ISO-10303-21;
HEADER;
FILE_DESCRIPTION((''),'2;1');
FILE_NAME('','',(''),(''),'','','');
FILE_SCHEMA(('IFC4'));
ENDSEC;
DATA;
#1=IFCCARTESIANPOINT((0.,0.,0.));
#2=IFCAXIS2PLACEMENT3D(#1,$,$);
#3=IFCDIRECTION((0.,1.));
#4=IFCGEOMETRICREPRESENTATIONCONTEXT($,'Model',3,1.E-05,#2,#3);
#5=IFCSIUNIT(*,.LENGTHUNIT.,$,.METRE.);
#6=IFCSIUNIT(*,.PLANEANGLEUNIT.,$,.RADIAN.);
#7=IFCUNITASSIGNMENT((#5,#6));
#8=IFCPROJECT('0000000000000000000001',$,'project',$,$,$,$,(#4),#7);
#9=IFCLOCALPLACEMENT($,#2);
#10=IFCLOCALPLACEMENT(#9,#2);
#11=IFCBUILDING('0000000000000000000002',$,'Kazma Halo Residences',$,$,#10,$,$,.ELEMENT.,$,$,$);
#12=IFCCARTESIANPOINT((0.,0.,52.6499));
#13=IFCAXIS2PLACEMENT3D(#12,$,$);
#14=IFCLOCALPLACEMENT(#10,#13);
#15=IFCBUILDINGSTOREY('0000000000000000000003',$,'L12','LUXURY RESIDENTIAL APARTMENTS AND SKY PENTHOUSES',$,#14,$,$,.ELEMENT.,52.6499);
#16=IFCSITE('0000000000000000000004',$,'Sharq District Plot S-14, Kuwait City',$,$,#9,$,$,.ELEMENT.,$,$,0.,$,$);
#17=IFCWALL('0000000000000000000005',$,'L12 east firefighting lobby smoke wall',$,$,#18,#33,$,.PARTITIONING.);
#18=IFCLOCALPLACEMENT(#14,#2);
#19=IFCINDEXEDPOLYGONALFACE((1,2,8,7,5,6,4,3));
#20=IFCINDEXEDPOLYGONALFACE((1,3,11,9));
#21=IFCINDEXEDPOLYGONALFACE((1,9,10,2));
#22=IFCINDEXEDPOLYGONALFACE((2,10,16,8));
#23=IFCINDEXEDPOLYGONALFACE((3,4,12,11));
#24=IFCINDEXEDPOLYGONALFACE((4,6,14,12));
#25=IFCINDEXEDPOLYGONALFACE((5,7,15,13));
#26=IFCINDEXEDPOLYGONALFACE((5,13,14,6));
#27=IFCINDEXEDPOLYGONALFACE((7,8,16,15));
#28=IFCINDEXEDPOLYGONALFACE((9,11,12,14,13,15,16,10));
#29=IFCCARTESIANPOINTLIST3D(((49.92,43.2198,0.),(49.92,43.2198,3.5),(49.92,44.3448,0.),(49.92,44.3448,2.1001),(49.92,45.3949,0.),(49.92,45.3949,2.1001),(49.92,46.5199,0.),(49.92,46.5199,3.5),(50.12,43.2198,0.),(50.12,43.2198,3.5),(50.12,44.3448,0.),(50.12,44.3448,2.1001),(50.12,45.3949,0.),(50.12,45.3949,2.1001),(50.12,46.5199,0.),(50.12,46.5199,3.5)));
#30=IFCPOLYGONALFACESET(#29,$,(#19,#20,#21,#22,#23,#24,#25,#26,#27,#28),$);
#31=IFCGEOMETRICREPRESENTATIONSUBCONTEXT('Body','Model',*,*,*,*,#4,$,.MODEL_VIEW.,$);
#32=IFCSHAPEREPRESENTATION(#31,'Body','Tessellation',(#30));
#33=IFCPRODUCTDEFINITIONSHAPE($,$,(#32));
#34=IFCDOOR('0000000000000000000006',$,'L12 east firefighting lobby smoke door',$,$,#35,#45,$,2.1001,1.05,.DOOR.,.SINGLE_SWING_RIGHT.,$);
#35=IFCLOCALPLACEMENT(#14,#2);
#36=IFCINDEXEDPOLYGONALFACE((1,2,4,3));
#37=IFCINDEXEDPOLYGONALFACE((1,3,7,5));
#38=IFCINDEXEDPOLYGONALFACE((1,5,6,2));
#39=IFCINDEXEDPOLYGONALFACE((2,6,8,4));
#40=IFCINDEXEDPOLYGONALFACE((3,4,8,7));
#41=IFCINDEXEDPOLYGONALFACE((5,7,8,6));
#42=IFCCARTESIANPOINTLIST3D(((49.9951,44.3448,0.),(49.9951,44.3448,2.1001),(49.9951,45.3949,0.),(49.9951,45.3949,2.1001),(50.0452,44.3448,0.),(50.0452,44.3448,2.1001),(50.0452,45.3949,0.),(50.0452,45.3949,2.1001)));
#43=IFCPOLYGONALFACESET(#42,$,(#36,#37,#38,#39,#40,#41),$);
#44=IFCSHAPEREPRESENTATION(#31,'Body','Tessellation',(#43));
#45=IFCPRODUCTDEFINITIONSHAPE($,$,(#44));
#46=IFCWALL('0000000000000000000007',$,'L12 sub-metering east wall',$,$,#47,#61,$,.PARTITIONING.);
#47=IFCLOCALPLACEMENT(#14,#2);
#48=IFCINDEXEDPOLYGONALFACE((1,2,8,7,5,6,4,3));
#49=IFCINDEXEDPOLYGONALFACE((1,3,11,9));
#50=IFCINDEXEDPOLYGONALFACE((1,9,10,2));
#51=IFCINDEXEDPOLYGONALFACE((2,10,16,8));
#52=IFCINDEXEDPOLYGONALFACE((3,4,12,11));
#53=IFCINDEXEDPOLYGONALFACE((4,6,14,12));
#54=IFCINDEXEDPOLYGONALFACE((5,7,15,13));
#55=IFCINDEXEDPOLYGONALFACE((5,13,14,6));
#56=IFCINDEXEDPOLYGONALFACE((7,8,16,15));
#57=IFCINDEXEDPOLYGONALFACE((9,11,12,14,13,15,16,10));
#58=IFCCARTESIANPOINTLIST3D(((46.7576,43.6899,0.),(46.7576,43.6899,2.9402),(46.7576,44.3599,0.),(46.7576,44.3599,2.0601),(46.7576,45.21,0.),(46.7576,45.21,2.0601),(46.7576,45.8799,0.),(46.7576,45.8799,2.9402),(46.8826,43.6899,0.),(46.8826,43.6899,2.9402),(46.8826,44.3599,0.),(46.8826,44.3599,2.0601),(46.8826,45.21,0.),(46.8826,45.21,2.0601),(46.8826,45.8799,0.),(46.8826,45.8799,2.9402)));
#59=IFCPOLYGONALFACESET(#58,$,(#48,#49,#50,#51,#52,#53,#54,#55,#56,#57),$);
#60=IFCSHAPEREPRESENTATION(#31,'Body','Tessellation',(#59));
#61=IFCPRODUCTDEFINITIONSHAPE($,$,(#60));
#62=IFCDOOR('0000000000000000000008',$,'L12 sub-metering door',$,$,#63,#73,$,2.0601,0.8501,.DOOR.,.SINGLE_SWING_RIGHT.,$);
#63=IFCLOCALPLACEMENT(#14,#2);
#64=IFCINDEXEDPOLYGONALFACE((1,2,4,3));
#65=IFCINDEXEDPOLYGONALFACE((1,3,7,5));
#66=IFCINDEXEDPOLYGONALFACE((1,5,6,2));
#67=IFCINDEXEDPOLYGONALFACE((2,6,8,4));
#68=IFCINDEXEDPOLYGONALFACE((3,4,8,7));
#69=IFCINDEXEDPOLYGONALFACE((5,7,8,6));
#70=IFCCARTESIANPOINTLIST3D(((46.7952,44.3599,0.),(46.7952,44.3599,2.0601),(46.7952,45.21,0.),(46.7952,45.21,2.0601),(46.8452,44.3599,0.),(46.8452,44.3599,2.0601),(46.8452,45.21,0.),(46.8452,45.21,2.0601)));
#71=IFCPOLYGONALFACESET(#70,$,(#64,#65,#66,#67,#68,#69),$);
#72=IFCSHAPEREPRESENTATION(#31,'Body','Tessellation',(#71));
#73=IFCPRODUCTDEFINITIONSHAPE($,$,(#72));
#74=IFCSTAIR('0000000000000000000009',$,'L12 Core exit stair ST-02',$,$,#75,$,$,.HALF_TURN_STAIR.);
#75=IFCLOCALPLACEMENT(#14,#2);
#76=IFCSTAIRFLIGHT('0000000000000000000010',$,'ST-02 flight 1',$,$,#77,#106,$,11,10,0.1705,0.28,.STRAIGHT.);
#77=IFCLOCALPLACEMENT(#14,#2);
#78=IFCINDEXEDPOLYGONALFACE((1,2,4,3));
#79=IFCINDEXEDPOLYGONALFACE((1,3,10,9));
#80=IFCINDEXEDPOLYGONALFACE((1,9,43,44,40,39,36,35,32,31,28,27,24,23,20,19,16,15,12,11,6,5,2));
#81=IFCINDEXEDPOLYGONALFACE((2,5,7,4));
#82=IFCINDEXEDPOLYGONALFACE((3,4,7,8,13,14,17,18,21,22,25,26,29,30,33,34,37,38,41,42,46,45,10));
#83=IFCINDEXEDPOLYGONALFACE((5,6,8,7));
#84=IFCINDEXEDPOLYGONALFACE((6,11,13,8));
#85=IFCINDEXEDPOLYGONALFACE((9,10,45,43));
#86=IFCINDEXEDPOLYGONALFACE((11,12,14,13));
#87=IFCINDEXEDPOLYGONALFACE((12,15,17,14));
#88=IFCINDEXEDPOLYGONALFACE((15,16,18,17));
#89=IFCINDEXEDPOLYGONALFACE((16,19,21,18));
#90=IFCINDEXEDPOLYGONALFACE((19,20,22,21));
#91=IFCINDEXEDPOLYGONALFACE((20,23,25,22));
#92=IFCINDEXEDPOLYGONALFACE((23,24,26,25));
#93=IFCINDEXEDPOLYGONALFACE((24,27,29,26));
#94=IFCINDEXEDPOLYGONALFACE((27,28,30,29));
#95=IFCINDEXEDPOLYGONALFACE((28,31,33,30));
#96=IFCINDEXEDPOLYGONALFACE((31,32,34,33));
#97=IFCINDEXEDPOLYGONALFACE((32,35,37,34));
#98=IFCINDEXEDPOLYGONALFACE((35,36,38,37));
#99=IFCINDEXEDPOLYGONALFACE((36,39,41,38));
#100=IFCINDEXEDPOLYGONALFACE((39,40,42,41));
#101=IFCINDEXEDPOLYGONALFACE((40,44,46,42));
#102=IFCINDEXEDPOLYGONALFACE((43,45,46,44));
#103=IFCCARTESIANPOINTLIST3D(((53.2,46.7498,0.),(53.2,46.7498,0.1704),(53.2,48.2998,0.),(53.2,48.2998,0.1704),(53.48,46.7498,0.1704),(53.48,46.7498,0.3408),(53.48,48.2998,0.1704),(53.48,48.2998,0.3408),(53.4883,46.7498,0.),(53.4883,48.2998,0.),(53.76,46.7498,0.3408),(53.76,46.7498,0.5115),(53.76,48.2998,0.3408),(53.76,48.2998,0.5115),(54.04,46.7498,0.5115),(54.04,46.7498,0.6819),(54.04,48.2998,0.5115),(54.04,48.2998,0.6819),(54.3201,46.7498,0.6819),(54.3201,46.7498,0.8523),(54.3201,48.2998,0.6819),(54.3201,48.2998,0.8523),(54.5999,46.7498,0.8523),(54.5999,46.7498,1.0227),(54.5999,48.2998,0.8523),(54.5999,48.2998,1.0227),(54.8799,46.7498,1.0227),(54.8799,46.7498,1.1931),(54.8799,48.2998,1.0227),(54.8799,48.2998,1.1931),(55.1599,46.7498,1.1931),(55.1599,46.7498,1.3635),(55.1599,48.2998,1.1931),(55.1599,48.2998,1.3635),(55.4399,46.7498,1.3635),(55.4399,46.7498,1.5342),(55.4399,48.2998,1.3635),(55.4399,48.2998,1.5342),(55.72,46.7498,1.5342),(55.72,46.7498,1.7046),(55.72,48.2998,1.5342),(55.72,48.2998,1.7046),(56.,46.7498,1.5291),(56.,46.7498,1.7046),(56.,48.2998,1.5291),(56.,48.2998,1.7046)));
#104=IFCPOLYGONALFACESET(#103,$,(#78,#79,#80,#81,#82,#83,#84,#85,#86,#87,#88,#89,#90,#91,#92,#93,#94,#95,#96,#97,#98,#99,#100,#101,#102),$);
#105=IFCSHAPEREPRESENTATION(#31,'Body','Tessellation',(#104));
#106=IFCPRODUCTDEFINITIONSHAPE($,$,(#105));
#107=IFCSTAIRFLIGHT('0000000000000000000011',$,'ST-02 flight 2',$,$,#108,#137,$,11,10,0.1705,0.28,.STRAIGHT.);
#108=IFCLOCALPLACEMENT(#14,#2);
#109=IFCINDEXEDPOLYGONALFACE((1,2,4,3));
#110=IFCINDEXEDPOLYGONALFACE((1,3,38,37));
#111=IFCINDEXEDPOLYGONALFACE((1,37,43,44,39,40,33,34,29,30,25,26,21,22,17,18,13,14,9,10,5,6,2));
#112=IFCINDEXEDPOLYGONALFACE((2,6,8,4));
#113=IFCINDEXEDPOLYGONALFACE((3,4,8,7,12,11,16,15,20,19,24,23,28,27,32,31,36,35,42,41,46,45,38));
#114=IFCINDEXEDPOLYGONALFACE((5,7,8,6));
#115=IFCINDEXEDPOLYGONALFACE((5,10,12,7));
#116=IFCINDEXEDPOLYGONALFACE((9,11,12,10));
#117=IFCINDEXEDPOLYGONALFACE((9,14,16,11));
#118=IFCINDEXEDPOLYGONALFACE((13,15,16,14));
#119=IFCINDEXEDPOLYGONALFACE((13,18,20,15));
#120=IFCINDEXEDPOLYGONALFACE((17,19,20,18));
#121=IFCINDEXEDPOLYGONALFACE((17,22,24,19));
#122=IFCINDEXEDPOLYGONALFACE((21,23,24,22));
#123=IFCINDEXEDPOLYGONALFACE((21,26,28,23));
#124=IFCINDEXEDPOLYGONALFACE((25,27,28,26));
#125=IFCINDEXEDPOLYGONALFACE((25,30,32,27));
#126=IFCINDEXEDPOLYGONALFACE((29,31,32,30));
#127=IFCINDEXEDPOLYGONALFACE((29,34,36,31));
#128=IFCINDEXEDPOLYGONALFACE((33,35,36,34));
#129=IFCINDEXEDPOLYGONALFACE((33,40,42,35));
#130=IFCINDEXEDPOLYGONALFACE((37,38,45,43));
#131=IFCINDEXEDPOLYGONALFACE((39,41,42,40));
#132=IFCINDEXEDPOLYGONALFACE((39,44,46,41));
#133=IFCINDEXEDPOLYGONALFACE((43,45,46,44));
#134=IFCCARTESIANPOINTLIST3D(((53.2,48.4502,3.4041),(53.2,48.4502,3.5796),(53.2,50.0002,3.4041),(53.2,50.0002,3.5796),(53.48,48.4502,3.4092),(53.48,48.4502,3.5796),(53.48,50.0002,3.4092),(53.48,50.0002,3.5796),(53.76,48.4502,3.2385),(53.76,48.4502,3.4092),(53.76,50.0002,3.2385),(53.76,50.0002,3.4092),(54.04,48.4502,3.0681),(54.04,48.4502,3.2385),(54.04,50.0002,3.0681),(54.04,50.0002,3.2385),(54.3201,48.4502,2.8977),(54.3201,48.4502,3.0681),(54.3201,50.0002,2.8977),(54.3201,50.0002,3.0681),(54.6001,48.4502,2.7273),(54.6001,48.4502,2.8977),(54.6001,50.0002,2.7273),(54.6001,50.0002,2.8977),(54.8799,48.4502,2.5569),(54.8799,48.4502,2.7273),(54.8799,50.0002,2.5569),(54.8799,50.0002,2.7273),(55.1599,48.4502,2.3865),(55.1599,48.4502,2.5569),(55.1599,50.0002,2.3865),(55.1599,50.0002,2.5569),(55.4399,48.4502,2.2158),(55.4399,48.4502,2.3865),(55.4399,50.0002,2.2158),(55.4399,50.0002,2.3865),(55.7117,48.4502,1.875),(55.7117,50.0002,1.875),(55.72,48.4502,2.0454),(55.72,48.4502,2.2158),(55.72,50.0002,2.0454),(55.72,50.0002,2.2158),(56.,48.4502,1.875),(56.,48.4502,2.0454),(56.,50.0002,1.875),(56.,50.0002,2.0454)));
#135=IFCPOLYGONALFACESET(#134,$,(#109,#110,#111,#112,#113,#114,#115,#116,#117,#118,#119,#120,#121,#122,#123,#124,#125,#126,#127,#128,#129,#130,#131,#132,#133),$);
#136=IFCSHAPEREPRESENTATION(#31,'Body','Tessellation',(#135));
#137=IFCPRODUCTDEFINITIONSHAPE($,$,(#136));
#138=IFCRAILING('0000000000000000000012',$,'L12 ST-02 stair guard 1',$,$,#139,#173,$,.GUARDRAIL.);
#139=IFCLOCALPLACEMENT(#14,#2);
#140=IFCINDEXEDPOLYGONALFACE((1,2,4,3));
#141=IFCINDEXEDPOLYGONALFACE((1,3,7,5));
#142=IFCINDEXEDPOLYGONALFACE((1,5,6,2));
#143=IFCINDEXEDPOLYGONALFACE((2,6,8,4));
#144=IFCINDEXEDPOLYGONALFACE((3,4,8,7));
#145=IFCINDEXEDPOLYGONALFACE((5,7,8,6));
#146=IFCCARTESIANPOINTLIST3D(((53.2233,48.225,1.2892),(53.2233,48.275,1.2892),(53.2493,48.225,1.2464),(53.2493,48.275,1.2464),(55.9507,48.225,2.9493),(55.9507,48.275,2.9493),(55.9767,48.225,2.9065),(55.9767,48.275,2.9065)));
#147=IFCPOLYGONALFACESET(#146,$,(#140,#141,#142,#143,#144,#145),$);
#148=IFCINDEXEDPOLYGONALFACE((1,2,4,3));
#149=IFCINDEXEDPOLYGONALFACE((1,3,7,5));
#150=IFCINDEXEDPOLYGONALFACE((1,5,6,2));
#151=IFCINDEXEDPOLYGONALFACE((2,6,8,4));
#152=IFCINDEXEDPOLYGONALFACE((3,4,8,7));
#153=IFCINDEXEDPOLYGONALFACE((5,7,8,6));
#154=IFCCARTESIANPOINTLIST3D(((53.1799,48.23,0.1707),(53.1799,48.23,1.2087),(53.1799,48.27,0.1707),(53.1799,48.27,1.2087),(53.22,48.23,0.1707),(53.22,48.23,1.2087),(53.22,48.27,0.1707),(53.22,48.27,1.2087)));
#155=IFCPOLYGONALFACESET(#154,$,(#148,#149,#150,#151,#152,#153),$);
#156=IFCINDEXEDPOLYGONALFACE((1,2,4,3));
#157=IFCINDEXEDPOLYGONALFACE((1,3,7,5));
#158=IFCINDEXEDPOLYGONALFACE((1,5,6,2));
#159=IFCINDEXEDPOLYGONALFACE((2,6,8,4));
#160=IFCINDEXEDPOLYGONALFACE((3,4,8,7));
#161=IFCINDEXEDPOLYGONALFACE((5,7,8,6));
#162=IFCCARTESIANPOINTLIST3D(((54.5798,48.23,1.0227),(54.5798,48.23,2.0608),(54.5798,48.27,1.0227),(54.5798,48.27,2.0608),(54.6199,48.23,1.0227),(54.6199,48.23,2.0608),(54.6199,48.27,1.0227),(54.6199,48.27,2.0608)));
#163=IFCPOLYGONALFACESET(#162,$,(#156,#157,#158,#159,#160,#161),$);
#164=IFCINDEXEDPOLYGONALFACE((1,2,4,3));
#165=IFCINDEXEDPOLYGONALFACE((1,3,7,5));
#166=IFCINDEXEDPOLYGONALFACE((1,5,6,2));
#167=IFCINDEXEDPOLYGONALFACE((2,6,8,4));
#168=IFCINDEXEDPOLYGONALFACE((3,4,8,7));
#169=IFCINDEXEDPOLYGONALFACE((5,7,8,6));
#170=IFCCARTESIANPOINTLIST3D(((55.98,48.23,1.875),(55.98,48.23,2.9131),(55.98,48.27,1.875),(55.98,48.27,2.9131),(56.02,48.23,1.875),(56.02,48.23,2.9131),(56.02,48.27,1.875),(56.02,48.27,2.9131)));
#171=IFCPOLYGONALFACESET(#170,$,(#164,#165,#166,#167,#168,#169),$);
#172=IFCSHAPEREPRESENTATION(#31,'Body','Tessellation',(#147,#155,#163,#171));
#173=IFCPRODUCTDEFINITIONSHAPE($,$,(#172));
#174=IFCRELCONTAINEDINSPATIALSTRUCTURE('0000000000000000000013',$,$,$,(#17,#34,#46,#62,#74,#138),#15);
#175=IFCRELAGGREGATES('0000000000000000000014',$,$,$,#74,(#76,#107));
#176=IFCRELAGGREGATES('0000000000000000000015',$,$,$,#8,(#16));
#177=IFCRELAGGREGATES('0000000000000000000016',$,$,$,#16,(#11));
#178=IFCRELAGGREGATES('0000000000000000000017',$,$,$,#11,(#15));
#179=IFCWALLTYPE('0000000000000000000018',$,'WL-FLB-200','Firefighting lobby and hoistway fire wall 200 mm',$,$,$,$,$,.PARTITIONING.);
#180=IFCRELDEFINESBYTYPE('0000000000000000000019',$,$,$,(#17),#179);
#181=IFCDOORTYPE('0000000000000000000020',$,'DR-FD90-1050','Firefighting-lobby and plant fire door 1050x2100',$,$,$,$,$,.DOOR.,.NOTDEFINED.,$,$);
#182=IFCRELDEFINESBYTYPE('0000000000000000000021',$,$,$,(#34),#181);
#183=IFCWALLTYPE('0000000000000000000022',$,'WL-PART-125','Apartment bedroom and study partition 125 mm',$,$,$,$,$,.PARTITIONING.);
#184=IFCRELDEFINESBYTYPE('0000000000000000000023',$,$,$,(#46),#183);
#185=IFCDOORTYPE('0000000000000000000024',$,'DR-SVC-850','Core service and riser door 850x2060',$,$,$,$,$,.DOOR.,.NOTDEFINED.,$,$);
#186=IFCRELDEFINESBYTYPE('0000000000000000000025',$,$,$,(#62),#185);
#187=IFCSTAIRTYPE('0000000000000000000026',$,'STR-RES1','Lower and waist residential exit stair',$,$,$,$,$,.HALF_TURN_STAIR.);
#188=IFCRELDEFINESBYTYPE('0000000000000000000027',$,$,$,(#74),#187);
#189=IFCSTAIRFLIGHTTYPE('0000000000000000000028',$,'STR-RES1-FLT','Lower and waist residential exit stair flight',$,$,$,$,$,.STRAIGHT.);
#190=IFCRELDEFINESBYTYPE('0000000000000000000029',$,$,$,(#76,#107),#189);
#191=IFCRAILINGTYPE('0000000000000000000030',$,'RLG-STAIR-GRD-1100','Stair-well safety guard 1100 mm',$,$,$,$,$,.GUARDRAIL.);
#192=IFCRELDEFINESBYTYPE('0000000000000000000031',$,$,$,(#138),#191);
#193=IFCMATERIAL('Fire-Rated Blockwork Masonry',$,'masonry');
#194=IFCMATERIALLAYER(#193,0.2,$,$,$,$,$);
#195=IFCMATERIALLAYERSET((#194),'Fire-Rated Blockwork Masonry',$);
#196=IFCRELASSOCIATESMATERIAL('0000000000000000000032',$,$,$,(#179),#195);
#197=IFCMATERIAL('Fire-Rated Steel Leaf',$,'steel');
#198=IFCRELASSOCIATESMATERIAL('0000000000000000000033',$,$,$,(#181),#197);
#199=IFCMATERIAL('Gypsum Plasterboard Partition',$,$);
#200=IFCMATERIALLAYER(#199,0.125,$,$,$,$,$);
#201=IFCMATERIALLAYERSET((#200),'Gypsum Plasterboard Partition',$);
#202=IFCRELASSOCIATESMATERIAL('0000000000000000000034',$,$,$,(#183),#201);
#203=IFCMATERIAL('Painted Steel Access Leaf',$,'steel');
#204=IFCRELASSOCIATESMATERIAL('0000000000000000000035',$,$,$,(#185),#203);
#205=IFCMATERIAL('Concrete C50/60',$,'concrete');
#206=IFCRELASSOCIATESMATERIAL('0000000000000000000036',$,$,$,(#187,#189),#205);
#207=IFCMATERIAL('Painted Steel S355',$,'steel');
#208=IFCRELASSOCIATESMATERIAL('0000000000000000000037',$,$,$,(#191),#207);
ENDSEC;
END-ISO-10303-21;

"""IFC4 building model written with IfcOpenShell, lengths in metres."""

from ifc_helpers import new_model, si_unit, direction, frame, frame_2d, origin, origin_2d, place, context, subcontext, project, spatial, polyline, rectangle, outline, extrude, material, layer, layer_set, type_object, element, fill, aggregate, save


model = new_model("IFC4")

# Units and contexts
model_context = context("Model", 3, precision=1e-05, world=origin(), true_north=direction((0.0, 1.0)))
body_context = subcontext(model_context, "Body", "Model", "MODEL_VIEW")
ifc_project = project(units=[si_unit("LENGTHUNIT", "METRE"), si_unit("PLANEANGLEUNIT", "RADIAN")], contexts=[model_context])

# Site, building, storey
site_placement = place(None, origin())
site = spatial("IfcSite", under=ifc_project, at=site_placement, Name="Sharq District Plot S-14, Kuwait City", CompositionType="ELEMENT", RefElevation=0.0)
building_placement = place(site_placement, origin())
building = spatial("IfcBuilding", under=site, at=building_placement, Name="Kazma Halo Residences", CompositionType="ELEMENT")
storey_placement = place(building_placement, frame((0.0, 0.0, 52.6499)))
storey = spatial("IfcBuildingStorey", under=building, at=storey_placement, Name="L12", Description="LUXURY RESIDENTIAL APARTMENTS AND SKY PENTHOUSES", CompositionType="ELEMENT", Elevation=52.6499)

# Shared definitions
ifc_material_1 = material(Name="Fire-Rated Blockwork Masonry", Category="masonry")
ifc_layer_1 = layer(ifc_material_1, 0.2)
ifc_layer_set_1 = layer_set([ifc_layer_1], Name="Fire-Rated Blockwork Masonry")
wall_type_1 = type_object("IfcWallType", Name="WL-FLB-200", Description="Firefighting lobby and hoistway fire wall 200 mm", PredefinedType="PARTITIONING", material=ifc_layer_set_1)

# Walls, openings, doors
wall_1_placement = place(storey_placement, frame((50.02, 43.22, 0.0), z_axis=(0.0, 0.0, 1.0), x_axis=(0.0, 1.0, 0.0)))
wall_1 = element("IfcWall", 1, at=wall_1_placement, inside=storey, type_object=wall_type_1, Name="L12 east firefighting lobby smoke wall", PredefinedType="PARTITIONING", context=body_context, shape_type="SweptSolid", body=[
    extrude(rectangle(XDim=3.3, YDim=0.2, at=frame_2d((1.6499, 0.0))), origin(), (0.0, 0.0, 1.0), 3.5),
])
opening_1_placement = place(wall_1_placement, frame((1.125, 0.0, 0.0)))
opening_1 = element("IfcOpeningElement", 2, at=opening_1_placement, cuts=wall_1, PredefinedType="OPENING", context=body_context, shape_type="SweptSolid", body=[
    extrude(rectangle(XDim=1.05, YDim=2.1001, at=frame_2d((0.5249, 1.05))), frame((0.0, 0.1099, 0.0), z_axis=(0.0, -1.0, 0.0), x_axis=(1.0, 0.0, 0.0)), (0.0, 0.0, 1.0), 0.22),
])
ifc_material_2 = material(Name="Fire-Rated Steel Leaf", Category="steel")
door_type_1 = type_object("IfcDoorType", Name="DR-FD90-1050", Description="Firefighting-lobby and plant fire door 1050x2100", OperationType="NOTDEFINED", PredefinedType="DOOR", material=ifc_material_2)
door_1_placement = place(opening_1_placement, origin())
door_1 = element("IfcDoor", 3, at=door_1_placement, inside=storey, type_object=door_type_1, Name="L12 east firefighting lobby smoke door", OperationType="SINGLE_SWING_RIGHT", OverallHeight=2.1001, OverallWidth=1.05, PredefinedType="DOOR", context=body_context, shape_type="SweptSolid", body=[
    extrude(rectangle(XDim=1.05, YDim=2.1001, at=frame_2d((0.5249, 1.05))), frame((0.0, 0.0249, 0.0), z_axis=(0.0, -1.0, 0.0), x_axis=(1.0, 0.0, 0.0)), (0.0, 0.0, 1.0), 0.05),
])
fill(opening_1, door_1)
ifc_material_3 = material(Name="Gypsum Plasterboard Partition")
ifc_layer_2 = layer(ifc_material_3, 0.125)
ifc_layer_set_2 = layer_set([ifc_layer_2], Name="Gypsum Plasterboard Partition")
wall_type_2 = type_object("IfcWallType", Name="WL-PART-125", Description="Apartment bedroom and study partition 125 mm", PredefinedType="PARTITIONING", material=ifc_layer_set_2)
wall_2_placement = place(storey_placement, frame((46.8201, 43.6899, 0.0), z_axis=(0.0, 0.0, 1.0), x_axis=(0.0, 1.0, 0.0)))
wall_2 = element("IfcWall", 4, at=wall_2_placement, inside=storey, type_object=wall_type_2, Name="L12 sub-metering east wall", PredefinedType="PARTITIONING", context=body_context, shape_type="SweptSolid", body=[
    extrude(rectangle(XDim=2.1899, YDim=0.125, at=frame_2d((1.095, 0.0))), origin(), (0.0, 0.0, 1.0), 2.9402),
])
opening_2_placement = place(wall_2_placement, frame((0.6699, 0.0, 0.0)))
opening_2 = element("IfcOpeningElement", 5, at=opening_2_placement, cuts=wall_2, PredefinedType="OPENING", context=body_context, shape_type="SweptSolid", body=[
    extrude(rectangle(XDim=0.8501, YDim=2.0601, at=frame_2d((0.425, 1.03))), frame((0.0, 0.0725, 0.0), z_axis=(0.0, -1.0, 0.0), x_axis=(1.0, 0.0, 0.0)), (0.0, 0.0, 1.0), 0.145),
])
ifc_material_4 = material(Name="Painted Steel Access Leaf", Category="steel")
door_type_2 = type_object("IfcDoorType", Name="DR-SVC-850", Description="Core service and riser door 850x2060", OperationType="NOTDEFINED", PredefinedType="DOOR", material=ifc_material_4)
door_2_placement = place(opening_2_placement, origin())
door_2 = element("IfcDoor", 6, at=door_2_placement, inside=storey, type_object=door_type_2, Name="L12 sub-metering door", OperationType="SINGLE_SWING_RIGHT", OverallHeight=2.0601, OverallWidth=0.8501, PredefinedType="DOOR", context=body_context, shape_type="SweptSolid", body=[
    extrude(rectangle(XDim=0.8501, YDim=2.0601, at=frame_2d((0.425, 1.03))), frame((0.0, 0.0249, 0.0), z_axis=(0.0, -1.0, 0.0), x_axis=(1.0, 0.0, 0.0)), (0.0, 0.0, 1.0), 0.05),
])
fill(opening_2, door_2)
ifc_material_5 = material(Name="Concrete C50/60", Category="concrete")

# Stair, stair flights
stair_type = type_object("IfcStairType", Name="STR-RES1", Description="Lower and waist residential exit stair", PredefinedType="HALF_TURN_STAIR", material=ifc_material_5)
stair_placement = place(storey_placement, origin())
stair = element("IfcStair", 7, at=stair_placement, inside=storey, type_object=stair_type, Name="L12 Core exit stair ST-02", PredefinedType="HALF_TURN_STAIR")
stair_flight_type = type_object("IfcStairFlightType", Name="STR-RES1-FLT", Description="Lower and waist residential exit stair flight", PredefinedType="STRAIGHT", material=ifc_material_5)
stair_flight_1_placement = place(storey_placement, frame((53.2, 47.5249, 0.0), z_axis=(0.0, 0.0, 1.0), x_axis=(1.0, 0.0, 0.0)))
stair_flight_1 = element("IfcStairFlight", 8, at=stair_flight_1_placement, type_object=stair_flight_type, Name="ST-02 flight 1", NumberOfRisers=11, NumberOfTreads=10, PredefinedType="STRAIGHT", RiserHeight=0.1705, TreadLength=0.28, context=body_context, shape_type="SweptSolid", body=[
    extrude(outline(polyline([(0.0, 0.0), (0.0, 0.1704), (0.28, 0.1704), (0.28, 0.3408), (0.5601, 0.3408), (0.5601, 0.5115), (0.8401, 0.5115), (0.8401, 0.6819), (1.1201, 0.6819), (1.1201, 0.8523), (1.3999, 0.8523), (1.3999, 1.0227), (1.6799, 1.0227), (1.6799, 1.1931), (1.96, 1.1931), (1.96, 1.3635), (2.24, 1.3635), (2.24, 1.5342), (2.52, 1.5342), (2.52, 1.7046), (2.8, 1.7046), (2.8, 1.875), (2.8, 1.5291), (0.2883, 0.0), (0.0, 0.0)])), frame((0.0, 0.7749, 0.0), z_axis=(0.0, -1.0, 0.0), x_axis=(1.0, 0.0, 0.0)), (0.0, 0.0, 1.0), 1.55),
])
stair_flight_2_placement = place(storey_placement, frame((56.0, 49.2251, 1.875), z_axis=(0.0, 0.0, 1.0), x_axis=(-1.0, 0.0, 0.0)))
stair_flight_2 = element("IfcStairFlight", 9, at=stair_flight_2_placement, type_object=stair_flight_type, Name="ST-02 flight 2", NumberOfRisers=11, NumberOfTreads=10, PredefinedType="STRAIGHT", RiserHeight=0.1705, TreadLength=0.28, context=body_context, shape_type="SweptSolid", body=[
    extrude(outline(polyline([(0.0, 0.0), (0.0, 0.1704), (0.28, 0.1704), (0.28, 0.3408), (0.5601, 0.3408), (0.5601, 0.5115), (0.8401, 0.5115), (0.8401, 0.6819), (1.1201, 0.6819), (1.1201, 0.8523), (1.3999, 0.8523), (1.3999, 1.0227), (1.6799, 1.0227), (1.6799, 1.1931), (1.96, 1.1931), (1.96, 1.3635), (2.24, 1.3635), (2.24, 1.5342), (2.52, 1.5342), (2.52, 1.7046), (2.8, 1.7046), (2.8, 1.875), (2.8, 1.5291), (0.2883, 0.0), (0.0, 0.0)])), frame((0.0, 0.7749, 0.0), z_axis=(0.0, -1.0, 0.0), x_axis=(1.0, 0.0, 0.0)), (0.0, 0.0, 1.0), 1.55),
])
aggregate(stair, [stair_flight_1, stair_flight_2])

# Railing
ifc_material_6 = material(Name="Painted Steel S355", Category="steel")
railing_type_1 = type_object("IfcRailingType", Name="RLG-STAIR-GRD-1100", Description="Stair-well safety guard 1100 mm", PredefinedType="GUARDRAIL", material=ifc_material_6)
railing_1_placement = place(storey_placement, frame((53.2, 48.25, 0.1707)))
element("IfcRailing", 10, at=railing_1_placement, inside=storey, type_object=railing_type_1, Name="L12 ST-02 stair guard 1", PredefinedType="GUARDRAIL", context=body_context, shape_type="SweptSolid", body=[
    extrude(rectangle(XDim=0.05, YDim=0.05, at=origin_2d()), frame((0.0364, 0.0, 1.0972), z_axis=(0.854203, 0.0, 0.51994), x_axis=(0.0, 1.0, 0.0)), (0.0, 0.0, 1.0), 3.1929),
    extrude(rectangle(XDim=0.04, YDim=0.04, at=origin_2d()), origin(), (0.0, 0.0, 1.0), 1.0381),
    extrude(rectangle(XDim=0.04, YDim=0.04, at=origin_2d()), frame((1.3999, 0.0, 0.8521)), (0.0, 0.0, 1.0), 1.0381),
    extrude(rectangle(XDim=0.04, YDim=0.04, at=origin_2d()), frame((2.8, 0.0, 1.7043)), (0.0, 0.0, 1.0), 1.0381),
])

save(model, "model.ifc")
